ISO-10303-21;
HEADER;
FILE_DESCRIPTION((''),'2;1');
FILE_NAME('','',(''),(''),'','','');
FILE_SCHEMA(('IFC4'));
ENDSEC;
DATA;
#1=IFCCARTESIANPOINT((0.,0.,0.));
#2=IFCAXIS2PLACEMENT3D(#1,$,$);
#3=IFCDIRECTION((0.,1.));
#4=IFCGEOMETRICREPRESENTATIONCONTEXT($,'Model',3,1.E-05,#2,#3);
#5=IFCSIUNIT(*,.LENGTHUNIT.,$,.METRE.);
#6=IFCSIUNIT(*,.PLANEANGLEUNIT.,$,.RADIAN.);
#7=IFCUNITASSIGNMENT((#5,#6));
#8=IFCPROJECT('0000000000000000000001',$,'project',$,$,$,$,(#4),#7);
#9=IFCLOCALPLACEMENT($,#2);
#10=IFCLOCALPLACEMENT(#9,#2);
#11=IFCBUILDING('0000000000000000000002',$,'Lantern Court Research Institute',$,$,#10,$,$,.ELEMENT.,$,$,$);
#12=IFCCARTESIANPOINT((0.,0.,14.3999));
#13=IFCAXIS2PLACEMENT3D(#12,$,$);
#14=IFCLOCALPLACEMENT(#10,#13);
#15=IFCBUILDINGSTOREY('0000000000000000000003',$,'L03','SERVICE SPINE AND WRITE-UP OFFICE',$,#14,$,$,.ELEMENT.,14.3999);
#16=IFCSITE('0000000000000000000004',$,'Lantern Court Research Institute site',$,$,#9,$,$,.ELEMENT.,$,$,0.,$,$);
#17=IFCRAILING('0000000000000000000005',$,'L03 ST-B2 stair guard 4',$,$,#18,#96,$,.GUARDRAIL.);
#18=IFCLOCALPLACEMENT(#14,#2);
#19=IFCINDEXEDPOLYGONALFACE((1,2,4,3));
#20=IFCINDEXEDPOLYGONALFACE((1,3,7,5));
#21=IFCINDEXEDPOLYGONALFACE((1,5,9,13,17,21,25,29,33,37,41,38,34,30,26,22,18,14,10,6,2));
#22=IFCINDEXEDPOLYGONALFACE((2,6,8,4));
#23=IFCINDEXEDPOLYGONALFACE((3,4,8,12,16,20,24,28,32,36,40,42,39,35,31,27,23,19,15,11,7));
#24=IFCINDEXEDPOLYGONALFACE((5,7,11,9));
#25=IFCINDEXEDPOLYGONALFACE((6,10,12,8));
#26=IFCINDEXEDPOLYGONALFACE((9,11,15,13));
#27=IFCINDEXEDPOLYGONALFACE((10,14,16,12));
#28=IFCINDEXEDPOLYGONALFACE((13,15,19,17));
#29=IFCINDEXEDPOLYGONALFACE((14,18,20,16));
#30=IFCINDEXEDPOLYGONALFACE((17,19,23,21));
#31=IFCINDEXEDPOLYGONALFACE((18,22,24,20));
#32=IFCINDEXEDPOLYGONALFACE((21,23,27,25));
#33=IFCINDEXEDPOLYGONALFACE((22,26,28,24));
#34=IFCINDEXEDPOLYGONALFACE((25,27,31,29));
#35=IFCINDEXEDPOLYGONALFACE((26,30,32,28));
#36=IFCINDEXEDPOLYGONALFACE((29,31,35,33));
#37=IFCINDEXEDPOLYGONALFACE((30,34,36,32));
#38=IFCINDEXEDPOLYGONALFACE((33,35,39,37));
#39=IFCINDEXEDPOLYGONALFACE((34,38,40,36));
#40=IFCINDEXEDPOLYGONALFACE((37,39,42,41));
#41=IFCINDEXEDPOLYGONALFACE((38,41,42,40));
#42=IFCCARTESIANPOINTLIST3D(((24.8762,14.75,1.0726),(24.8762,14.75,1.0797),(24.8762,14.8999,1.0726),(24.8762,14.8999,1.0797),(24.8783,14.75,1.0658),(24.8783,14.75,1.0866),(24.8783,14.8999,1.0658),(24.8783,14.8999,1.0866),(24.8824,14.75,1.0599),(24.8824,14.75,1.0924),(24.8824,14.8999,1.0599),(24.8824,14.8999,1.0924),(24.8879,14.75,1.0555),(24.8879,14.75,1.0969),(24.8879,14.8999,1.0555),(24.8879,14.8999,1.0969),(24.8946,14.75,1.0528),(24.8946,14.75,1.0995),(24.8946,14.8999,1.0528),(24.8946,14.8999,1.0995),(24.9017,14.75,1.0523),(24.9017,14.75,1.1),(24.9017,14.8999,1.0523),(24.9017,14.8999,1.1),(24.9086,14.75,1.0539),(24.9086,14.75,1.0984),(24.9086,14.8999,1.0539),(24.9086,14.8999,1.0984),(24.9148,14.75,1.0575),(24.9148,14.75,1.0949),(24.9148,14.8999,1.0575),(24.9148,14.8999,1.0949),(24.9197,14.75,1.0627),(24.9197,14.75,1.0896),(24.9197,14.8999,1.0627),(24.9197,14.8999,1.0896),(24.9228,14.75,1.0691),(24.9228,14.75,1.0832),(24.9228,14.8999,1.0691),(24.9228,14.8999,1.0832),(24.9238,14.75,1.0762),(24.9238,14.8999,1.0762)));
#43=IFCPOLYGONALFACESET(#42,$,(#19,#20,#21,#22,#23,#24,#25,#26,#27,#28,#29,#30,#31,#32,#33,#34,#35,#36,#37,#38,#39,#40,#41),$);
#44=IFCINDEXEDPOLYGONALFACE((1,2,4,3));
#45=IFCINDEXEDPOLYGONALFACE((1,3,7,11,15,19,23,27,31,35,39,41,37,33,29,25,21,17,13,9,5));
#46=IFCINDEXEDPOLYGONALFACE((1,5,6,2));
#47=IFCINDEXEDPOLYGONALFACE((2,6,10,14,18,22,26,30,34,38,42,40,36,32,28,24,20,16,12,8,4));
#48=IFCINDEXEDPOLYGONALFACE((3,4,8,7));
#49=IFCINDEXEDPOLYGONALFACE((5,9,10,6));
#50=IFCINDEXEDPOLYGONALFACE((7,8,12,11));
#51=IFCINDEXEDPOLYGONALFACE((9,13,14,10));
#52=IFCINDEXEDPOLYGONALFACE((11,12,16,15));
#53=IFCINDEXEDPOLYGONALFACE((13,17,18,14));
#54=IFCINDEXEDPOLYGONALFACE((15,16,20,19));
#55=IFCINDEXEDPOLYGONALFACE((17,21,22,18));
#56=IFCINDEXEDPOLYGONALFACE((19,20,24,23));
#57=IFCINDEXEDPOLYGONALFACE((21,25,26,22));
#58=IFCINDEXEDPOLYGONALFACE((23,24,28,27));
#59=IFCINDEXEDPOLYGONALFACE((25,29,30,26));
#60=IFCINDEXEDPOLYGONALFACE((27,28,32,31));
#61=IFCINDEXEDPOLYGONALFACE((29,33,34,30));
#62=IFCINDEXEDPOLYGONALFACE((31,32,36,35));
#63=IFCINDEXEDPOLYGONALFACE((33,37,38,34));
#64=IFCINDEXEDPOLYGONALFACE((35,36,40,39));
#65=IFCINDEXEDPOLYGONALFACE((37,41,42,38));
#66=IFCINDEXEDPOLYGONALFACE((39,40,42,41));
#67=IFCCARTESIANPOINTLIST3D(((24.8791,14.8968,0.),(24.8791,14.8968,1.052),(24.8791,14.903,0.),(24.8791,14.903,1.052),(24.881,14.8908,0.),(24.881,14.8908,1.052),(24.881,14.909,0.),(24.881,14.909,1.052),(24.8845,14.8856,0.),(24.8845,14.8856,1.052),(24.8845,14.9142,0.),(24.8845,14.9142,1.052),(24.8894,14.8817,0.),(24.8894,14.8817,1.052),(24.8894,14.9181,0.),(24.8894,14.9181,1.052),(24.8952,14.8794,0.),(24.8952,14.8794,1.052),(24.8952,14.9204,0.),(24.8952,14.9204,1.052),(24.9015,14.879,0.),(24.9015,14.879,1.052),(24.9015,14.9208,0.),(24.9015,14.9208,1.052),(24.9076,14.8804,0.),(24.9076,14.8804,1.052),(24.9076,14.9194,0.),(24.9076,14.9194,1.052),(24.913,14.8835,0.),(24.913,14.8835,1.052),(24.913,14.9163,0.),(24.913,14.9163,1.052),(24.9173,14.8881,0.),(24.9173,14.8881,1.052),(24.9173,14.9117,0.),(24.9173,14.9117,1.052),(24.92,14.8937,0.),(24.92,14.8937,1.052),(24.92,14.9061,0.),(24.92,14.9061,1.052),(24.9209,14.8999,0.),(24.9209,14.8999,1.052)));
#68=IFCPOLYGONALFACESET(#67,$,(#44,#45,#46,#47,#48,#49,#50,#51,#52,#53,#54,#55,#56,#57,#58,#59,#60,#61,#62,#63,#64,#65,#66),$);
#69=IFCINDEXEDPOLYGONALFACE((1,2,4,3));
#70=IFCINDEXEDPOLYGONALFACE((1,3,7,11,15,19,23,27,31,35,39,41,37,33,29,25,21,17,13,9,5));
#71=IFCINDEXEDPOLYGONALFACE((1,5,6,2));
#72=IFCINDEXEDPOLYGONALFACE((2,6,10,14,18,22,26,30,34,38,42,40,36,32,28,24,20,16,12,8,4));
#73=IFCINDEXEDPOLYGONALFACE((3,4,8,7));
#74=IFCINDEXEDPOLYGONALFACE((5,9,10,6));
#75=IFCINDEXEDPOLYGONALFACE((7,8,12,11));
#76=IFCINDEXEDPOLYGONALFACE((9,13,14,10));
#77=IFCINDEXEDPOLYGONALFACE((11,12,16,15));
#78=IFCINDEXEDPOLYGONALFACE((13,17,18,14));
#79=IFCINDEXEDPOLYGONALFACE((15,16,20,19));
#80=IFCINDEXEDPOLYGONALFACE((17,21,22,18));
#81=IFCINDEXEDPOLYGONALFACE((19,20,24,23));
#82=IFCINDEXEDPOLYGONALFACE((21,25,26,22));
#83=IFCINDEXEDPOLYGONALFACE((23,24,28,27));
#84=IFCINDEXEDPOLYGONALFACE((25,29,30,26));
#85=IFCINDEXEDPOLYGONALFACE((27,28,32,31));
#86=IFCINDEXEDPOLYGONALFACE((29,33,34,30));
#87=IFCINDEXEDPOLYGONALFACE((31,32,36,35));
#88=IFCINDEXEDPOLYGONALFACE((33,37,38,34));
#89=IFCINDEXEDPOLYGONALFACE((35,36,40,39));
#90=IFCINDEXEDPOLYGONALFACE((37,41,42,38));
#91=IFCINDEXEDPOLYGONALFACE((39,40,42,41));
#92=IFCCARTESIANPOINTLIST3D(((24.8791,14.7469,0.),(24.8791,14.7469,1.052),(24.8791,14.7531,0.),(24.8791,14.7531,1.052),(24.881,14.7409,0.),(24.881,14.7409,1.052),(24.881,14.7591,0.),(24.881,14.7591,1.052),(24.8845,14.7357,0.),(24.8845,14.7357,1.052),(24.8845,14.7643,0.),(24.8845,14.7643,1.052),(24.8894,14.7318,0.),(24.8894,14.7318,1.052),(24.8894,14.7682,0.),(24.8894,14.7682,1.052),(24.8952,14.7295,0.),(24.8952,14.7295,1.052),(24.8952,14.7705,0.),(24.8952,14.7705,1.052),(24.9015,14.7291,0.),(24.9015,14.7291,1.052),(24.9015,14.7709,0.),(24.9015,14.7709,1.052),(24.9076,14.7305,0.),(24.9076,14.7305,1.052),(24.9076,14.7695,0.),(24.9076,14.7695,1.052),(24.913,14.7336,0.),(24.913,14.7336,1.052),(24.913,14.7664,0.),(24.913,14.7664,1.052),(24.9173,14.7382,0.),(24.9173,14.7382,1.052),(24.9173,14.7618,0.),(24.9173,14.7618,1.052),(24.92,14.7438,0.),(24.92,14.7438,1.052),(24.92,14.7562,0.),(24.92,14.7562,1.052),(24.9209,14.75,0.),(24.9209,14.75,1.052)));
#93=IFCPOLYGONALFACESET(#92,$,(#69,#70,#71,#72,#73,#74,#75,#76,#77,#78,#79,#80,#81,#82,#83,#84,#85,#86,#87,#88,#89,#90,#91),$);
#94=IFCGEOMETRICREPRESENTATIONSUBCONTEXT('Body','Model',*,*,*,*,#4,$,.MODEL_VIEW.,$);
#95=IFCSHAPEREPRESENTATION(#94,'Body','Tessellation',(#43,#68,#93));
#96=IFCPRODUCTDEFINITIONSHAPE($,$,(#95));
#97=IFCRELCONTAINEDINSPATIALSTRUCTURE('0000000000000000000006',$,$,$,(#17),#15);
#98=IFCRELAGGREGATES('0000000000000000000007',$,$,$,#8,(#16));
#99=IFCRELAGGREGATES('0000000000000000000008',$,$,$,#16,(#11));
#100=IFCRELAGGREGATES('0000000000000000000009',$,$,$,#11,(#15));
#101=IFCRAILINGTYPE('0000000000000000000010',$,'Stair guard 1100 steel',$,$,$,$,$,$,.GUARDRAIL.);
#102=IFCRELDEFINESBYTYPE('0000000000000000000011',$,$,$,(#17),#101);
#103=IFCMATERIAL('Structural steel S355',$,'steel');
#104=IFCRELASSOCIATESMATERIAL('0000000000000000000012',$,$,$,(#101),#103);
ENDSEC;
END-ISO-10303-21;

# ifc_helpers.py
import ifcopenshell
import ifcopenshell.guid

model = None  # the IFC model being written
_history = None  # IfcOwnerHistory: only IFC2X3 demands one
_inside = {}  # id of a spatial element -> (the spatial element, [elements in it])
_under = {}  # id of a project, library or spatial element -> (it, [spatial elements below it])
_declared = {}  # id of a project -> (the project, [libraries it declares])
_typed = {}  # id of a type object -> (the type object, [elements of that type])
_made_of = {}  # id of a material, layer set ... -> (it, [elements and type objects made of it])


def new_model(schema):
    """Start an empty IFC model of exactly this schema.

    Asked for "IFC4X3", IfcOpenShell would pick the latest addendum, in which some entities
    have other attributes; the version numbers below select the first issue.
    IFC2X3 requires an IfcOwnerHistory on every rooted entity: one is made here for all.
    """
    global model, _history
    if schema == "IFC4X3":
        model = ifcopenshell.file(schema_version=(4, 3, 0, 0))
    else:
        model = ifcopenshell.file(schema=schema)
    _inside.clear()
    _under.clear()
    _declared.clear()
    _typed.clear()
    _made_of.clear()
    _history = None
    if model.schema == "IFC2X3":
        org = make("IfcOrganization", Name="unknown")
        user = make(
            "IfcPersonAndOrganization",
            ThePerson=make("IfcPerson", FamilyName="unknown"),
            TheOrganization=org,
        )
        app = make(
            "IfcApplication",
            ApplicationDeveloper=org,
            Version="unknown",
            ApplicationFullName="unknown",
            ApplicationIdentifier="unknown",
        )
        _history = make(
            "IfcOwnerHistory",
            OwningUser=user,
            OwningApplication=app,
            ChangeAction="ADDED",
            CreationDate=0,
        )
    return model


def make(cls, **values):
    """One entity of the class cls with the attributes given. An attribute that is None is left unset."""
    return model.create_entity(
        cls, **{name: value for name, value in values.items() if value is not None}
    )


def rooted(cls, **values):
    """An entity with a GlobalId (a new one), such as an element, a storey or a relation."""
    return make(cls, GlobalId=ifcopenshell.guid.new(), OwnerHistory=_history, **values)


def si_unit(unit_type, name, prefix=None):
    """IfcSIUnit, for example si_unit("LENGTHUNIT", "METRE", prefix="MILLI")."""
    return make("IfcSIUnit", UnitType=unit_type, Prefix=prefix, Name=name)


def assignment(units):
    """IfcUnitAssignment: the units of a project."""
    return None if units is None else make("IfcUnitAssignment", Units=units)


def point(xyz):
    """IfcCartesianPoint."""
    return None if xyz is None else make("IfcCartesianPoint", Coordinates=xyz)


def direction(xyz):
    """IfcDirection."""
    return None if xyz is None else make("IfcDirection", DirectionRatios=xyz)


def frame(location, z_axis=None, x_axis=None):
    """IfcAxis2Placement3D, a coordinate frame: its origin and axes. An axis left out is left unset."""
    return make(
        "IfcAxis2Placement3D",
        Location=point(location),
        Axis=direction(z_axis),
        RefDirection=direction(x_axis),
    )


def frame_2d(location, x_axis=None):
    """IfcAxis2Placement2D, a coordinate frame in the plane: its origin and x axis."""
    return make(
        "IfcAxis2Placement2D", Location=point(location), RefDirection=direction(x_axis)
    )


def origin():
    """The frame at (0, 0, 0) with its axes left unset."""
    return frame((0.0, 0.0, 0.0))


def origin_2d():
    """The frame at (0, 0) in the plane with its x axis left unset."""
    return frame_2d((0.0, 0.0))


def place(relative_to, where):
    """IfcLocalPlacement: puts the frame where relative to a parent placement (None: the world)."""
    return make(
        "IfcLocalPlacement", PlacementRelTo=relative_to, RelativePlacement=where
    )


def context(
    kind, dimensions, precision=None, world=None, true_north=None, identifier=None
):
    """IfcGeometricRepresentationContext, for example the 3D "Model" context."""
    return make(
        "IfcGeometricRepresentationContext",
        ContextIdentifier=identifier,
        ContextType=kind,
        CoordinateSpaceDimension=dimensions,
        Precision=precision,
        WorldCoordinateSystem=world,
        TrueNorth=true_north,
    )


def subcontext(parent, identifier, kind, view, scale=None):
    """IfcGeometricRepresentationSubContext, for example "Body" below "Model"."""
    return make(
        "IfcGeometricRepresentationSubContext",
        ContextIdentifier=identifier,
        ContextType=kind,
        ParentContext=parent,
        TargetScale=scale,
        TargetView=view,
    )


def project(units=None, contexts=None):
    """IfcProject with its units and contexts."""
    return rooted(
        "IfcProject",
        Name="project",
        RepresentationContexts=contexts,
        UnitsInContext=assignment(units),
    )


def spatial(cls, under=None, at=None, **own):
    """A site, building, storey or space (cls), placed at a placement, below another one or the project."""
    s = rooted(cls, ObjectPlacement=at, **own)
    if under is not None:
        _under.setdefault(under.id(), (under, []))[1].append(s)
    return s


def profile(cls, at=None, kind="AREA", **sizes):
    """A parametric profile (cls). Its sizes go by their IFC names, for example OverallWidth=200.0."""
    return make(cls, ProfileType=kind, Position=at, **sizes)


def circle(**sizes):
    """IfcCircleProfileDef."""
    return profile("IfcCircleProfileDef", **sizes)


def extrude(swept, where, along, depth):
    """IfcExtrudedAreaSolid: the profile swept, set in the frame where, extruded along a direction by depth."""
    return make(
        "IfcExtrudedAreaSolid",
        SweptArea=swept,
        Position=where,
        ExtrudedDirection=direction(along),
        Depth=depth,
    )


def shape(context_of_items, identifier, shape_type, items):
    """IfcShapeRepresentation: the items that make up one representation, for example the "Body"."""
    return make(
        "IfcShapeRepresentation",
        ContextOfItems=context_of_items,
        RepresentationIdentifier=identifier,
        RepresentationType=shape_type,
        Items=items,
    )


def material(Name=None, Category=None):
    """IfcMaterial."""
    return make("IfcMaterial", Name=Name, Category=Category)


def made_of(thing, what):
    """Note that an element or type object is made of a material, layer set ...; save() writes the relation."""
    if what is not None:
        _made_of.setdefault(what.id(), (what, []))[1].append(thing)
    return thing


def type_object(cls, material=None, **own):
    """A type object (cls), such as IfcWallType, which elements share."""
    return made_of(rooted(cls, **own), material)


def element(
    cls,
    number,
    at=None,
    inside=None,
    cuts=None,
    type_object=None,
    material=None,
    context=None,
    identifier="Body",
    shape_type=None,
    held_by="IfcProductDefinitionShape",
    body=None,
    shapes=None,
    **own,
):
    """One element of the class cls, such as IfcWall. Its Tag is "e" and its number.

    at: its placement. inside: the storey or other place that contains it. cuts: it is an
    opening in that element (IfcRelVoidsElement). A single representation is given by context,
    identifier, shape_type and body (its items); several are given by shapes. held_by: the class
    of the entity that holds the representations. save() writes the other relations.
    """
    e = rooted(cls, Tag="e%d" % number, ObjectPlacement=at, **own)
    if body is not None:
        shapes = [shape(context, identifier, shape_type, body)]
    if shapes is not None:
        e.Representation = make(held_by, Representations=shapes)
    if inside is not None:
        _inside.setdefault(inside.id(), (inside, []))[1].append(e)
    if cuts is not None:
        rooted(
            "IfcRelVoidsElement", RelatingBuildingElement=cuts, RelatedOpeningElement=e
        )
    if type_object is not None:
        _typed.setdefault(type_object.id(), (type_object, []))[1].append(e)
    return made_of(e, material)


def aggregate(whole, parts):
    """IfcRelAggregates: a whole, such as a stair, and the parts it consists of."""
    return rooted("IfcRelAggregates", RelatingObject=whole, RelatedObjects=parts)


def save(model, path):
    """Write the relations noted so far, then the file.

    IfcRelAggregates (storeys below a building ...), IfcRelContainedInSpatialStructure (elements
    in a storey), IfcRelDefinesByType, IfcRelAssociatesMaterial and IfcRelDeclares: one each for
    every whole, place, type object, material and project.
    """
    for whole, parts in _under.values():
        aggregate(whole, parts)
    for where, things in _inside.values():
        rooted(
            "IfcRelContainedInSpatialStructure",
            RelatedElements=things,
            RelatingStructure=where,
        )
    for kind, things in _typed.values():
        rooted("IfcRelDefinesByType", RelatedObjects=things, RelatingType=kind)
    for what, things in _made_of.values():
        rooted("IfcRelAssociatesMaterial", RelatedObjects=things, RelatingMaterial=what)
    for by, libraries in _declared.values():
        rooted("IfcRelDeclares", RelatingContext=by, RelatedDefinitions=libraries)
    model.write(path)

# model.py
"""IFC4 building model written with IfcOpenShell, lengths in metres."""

from ifc_helpers import new_model, si_unit, direction, frame, origin, origin_2d, place, context, subcontext, project, spatial, circle, extrude, material, type_object, element, save


model = new_model("IFC4")

# Units and contexts
model_context = context("Model", 3, precision=1e-05, world=origin(), true_north=direction((0.0, 1.0)))
body_context = subcontext(model_context, "Body", "Model", "MODEL_VIEW")
ifc_project = project(units=[si_unit("LENGTHUNIT", "METRE"), si_unit("PLANEANGLEUNIT", "RADIAN")], contexts=[model_context])

# Site, building, storey
site_placement = place(None, origin())
site = spatial("IfcSite", under=ifc_project, at=site_placement, Name="Lantern Court Research Institute site", CompositionType="ELEMENT", RefElevation=0.0)
building_placement = place(site_placement, origin())
building = spatial("IfcBuilding", under=site, at=building_placement, Name="Lantern Court Research Institute", CompositionType="ELEMENT")
storey_placement = place(building_placement, frame((0.0, 0.0, 14.3999)))
storey = spatial("IfcBuildingStorey", under=building, at=storey_placement, Name="L03", Description="SERVICE SPINE AND WRITE-UP OFFICE", CompositionType="ELEMENT", Elevation=14.3999)

# Railing
ifc_material_1 = material(Name="Structural steel S355", Category="steel")
railing_type_1 = type_object("IfcRailingType", Name="Stair guard 1100 steel", PredefinedType="GUARDRAIL", material=ifc_material_1)
railing_1_placement = place(storey_placement, frame((24.8999, 14.8999, 0.0)))
element("IfcRailing", 1, at=railing_1_placement, inside=storey, type_object=railing_type_1, Name="L03 ST-B2 stair guard 4", PredefinedType="GUARDRAIL", context=body_context, shape_type="SweptSolid", body=[
    extrude(circle(Radius=0.0239, at=origin_2d()), frame((0.0, 0.0, 1.0762), z_axis=(0.0, -1.0, 0.0), x_axis=(1.0, 0.0, 0.0)), (0.0, 0.0, 1.0), 0.1499),
    extrude(circle(Radius=0.021, at=origin_2d()), origin(), (0.0, 0.0, 1.0), 1.052),
    extrude(circle(Radius=0.021, at=origin_2d()), frame((0.0, -0.1499, 0.0)), (0.0, 0.0, 1.0), 1.052),
])

save(model, "model.ifc")
